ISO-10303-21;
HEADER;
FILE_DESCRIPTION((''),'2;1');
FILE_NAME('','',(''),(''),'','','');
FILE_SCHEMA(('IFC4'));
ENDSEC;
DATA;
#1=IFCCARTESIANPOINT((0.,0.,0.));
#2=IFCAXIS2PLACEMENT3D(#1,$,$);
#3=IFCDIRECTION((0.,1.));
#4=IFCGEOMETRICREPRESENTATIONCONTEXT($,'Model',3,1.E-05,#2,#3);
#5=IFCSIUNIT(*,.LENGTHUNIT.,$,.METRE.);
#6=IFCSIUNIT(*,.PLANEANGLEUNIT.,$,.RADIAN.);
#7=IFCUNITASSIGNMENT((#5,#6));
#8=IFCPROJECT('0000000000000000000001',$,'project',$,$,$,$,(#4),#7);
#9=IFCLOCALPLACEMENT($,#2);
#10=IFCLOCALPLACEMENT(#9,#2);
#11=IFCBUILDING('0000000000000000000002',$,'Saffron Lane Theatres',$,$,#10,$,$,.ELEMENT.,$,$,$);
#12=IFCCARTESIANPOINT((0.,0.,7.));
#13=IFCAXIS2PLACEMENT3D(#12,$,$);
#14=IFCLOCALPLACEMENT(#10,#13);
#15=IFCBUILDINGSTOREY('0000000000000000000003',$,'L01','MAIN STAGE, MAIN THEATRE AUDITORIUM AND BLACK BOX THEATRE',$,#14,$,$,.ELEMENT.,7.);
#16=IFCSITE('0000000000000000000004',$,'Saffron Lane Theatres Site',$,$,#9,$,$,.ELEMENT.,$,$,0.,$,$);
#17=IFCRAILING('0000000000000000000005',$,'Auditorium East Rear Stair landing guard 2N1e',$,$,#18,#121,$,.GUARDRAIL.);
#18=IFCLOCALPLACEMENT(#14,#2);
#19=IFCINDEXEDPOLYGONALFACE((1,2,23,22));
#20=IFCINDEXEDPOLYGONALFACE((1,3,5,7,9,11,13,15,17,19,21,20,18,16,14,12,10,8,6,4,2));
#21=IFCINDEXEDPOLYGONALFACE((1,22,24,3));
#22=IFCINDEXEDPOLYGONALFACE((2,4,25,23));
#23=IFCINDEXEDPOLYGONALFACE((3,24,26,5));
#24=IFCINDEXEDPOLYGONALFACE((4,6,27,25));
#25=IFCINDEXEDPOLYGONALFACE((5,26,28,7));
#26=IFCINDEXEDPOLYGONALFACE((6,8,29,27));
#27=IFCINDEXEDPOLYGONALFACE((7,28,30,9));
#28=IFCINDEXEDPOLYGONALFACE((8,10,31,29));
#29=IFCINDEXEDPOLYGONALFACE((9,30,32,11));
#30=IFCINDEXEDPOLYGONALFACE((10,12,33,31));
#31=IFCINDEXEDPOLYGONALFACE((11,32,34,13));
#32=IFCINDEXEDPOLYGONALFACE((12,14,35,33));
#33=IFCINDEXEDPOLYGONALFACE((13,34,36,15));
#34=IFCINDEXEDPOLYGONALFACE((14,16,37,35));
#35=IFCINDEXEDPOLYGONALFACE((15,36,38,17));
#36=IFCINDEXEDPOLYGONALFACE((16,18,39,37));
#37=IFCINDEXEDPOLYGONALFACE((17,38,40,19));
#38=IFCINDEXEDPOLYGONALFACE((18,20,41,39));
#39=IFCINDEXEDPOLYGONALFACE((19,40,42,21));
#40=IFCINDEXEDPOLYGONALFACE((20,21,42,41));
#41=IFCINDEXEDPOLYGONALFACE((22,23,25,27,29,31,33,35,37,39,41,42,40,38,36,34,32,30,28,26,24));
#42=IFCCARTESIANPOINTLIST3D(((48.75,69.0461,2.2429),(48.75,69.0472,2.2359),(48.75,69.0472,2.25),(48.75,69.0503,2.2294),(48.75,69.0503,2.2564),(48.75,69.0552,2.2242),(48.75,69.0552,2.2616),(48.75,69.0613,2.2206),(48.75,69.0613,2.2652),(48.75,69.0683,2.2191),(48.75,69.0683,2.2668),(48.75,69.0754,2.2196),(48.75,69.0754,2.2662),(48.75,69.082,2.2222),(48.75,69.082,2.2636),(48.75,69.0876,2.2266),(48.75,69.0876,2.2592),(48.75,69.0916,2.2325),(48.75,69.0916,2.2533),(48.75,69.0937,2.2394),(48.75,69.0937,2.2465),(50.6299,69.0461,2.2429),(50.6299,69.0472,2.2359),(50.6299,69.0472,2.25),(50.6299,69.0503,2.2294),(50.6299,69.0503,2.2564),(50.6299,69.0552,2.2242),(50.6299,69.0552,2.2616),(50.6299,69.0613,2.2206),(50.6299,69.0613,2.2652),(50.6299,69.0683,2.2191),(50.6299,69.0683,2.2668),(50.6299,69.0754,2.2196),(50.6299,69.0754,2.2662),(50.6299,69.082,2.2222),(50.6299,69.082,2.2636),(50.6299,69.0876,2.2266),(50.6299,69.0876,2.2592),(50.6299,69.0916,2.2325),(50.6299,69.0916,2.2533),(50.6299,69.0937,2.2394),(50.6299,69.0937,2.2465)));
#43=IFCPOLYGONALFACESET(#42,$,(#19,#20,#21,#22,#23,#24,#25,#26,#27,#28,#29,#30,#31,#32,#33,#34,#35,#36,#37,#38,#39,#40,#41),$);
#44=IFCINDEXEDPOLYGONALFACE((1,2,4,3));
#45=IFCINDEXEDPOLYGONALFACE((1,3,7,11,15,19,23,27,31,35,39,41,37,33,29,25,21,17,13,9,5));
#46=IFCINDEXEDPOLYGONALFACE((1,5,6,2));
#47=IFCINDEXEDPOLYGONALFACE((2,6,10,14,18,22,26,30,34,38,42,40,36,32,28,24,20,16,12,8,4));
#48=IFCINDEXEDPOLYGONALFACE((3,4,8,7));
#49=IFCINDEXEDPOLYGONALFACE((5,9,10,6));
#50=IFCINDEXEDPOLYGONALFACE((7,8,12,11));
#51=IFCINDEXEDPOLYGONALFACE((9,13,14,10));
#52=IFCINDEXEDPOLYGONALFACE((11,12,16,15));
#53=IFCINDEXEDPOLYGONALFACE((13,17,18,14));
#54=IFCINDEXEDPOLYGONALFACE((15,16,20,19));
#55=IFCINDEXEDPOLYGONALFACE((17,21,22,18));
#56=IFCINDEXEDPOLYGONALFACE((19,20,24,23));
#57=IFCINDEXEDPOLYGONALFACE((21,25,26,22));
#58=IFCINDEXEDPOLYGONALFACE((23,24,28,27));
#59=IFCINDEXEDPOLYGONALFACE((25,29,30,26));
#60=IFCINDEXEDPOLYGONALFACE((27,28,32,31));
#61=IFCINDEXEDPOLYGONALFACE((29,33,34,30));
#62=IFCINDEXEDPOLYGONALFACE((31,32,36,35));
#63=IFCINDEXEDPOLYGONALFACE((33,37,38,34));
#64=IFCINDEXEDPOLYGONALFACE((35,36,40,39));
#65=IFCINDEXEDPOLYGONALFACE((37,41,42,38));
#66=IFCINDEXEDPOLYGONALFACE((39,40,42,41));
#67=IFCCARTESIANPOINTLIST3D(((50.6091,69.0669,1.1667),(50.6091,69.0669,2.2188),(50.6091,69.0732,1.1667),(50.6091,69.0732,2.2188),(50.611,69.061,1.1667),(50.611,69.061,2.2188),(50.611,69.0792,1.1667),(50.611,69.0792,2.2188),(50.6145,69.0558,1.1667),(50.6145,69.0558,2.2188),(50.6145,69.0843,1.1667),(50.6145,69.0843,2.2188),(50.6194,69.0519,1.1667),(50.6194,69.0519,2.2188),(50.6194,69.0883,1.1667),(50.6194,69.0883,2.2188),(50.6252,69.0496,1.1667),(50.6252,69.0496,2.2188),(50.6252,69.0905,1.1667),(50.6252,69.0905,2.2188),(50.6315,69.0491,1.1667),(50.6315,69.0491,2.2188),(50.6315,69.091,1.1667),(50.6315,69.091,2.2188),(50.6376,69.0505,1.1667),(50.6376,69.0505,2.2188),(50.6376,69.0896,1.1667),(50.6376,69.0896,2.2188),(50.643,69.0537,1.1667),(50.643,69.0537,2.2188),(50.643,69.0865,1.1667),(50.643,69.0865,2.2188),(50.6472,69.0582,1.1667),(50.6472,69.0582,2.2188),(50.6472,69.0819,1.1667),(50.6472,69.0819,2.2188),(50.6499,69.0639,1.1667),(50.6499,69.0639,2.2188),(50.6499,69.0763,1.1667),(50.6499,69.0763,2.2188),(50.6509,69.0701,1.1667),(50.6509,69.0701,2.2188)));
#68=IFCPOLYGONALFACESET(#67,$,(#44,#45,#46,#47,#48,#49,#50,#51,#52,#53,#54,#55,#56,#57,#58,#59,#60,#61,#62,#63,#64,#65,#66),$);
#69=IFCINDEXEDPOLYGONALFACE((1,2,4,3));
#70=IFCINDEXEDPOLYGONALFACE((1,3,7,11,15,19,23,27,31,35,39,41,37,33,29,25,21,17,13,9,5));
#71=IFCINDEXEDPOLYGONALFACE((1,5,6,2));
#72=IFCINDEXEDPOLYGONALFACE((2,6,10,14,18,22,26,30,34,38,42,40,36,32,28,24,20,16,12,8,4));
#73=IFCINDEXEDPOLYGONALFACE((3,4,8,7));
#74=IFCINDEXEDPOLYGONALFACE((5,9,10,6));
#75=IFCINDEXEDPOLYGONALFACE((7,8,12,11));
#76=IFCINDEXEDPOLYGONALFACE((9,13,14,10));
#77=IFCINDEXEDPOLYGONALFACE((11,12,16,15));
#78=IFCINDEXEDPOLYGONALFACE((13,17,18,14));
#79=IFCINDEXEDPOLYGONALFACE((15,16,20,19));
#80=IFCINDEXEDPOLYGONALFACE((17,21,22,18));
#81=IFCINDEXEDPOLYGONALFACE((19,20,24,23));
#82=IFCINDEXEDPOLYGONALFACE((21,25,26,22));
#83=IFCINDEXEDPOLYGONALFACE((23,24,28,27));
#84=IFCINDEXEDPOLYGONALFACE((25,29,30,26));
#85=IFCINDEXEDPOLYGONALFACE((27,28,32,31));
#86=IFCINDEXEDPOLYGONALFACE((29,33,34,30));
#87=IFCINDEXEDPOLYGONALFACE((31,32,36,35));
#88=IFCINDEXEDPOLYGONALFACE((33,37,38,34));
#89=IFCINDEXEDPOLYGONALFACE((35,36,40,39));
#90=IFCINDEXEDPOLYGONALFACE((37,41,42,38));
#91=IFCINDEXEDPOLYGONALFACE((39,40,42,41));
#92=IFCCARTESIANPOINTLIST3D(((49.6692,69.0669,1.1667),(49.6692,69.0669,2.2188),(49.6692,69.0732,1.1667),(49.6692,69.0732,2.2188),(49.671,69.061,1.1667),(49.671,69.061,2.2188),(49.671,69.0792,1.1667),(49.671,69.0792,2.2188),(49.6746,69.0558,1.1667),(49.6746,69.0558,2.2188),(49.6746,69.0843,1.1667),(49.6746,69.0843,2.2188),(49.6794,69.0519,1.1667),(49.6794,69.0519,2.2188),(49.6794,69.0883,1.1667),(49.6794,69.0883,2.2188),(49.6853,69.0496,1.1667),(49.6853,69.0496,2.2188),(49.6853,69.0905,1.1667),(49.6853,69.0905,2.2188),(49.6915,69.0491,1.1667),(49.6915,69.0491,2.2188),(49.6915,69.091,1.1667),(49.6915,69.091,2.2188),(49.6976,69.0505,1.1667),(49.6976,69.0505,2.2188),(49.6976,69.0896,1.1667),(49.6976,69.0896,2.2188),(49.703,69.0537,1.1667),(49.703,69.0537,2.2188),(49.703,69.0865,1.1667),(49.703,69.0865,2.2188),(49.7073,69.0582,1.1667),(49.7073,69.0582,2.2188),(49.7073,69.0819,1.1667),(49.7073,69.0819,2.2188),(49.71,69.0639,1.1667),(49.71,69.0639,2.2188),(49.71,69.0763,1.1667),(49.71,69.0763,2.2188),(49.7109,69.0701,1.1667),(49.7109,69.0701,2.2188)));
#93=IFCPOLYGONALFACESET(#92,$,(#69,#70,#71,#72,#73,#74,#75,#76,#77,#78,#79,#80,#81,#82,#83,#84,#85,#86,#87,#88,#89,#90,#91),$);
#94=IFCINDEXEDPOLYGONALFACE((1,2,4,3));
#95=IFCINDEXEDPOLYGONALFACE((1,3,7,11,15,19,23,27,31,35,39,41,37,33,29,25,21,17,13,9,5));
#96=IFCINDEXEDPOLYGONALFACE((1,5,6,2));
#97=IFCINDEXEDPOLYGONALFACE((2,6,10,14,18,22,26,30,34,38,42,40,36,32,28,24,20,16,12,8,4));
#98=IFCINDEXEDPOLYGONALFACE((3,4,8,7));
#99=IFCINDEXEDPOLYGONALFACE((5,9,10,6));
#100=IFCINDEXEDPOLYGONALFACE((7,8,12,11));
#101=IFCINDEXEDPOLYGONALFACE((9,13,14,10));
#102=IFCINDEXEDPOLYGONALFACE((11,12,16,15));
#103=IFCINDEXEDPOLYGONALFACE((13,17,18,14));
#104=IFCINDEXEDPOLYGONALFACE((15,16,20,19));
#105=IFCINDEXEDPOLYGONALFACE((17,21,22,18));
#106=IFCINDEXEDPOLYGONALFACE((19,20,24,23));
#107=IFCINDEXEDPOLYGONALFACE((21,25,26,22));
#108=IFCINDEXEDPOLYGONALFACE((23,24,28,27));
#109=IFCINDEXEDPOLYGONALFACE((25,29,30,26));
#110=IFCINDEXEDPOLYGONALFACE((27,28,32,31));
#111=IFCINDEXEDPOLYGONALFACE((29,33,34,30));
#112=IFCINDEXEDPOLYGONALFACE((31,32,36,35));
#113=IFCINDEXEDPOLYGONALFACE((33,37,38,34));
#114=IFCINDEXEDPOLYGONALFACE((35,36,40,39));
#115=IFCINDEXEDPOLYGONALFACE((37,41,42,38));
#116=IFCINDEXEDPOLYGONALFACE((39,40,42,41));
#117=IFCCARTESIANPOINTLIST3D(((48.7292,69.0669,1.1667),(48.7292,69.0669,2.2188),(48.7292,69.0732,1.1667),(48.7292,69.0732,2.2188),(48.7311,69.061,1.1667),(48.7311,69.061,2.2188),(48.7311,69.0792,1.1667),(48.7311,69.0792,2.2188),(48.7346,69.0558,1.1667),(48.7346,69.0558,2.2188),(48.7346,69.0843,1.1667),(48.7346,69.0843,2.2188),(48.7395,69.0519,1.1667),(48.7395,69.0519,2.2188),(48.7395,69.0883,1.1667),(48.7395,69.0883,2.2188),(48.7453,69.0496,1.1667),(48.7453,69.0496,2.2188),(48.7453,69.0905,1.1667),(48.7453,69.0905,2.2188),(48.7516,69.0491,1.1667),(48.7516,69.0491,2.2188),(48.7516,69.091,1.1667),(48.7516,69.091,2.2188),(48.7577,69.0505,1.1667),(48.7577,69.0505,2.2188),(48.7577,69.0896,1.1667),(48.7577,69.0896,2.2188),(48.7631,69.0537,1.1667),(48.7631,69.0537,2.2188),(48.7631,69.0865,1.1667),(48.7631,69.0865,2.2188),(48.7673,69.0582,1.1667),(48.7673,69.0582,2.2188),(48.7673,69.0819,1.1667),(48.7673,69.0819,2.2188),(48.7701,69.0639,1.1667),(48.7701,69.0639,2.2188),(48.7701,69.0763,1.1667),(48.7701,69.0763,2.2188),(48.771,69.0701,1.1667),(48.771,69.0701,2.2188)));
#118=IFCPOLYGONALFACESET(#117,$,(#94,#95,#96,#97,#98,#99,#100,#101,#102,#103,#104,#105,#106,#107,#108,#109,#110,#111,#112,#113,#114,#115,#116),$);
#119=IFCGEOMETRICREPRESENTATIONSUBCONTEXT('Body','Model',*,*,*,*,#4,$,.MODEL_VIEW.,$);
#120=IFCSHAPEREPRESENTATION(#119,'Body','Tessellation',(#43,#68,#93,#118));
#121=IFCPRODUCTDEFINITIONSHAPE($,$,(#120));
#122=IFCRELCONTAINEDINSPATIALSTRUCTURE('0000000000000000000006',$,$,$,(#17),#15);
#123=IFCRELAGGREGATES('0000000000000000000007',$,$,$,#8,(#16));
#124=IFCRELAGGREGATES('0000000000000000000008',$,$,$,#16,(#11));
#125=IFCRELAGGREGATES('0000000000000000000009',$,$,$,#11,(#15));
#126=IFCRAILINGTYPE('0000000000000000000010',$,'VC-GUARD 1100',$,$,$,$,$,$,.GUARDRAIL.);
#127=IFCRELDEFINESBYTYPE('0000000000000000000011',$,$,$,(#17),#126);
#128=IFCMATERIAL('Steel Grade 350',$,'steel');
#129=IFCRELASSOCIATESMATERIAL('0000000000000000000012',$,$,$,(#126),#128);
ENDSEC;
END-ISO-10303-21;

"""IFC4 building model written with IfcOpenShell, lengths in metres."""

from ifc_helpers import new_model, si_unit, direction, frame, origin, origin_2d, place, context, subcontext, project, spatial, circle, extrude, material, type_object, element, save


model = new_model("IFC4")

# Units and contexts
model_context = context("Model", 3, precision=1e-05, world=origin(), true_north=direction((0.0, 1.0)))
body_context = subcontext(model_context, "Body", "Model", "MODEL_VIEW")
ifc_project = project(units=[si_unit("LENGTHUNIT", "METRE"), si_unit("PLANEANGLEUNIT", "RADIAN")], contexts=[model_context])

# Site, building, storey
site_placement = place(None, origin())
site = spatial("IfcSite", under=ifc_project, at=site_placement, Name="Saffron Lane Theatres Site", CompositionType="ELEMENT", RefElevation=0.0)
building_placement = place(site_placement, origin())
building = spatial("IfcBuilding", under=site, at=building_placement, Name="Saffron Lane Theatres", CompositionType="ELEMENT")
storey_placement = place(building_placement, frame((0.0, 0.0, 7.0)))
storey = spatial("IfcBuildingStorey", under=building, at=storey_placement, Name="L01", Description="MAIN STAGE, MAIN THEATRE AUDITORIUM AND BLACK BOX THEATRE", CompositionType="ELEMENT", Elevation=7.0)

# Railing
ifc_material_1 = material(Name="Steel Grade 350", Category="steel")
railing_type_1 = type_object("IfcRailingType", Name="VC-GUARD 1100", PredefinedType="GUARDRAIL", material=ifc_material_1)
railing_1_placement = place(storey_placement, frame((50.6299, 69.0701, 1.1667)))
element("IfcRailing", 1, at=railing_1_placement, inside=storey, type_object=railing_type_1, Name="Auditorium East Rear Stair landing guard 2N1e", PredefinedType="GUARDRAIL", context=body_context, shape_type="SweptSolid", body=[
    extrude(circle(Radius=0.0239, at=origin_2d()), frame((0.0, 0.0, 1.0762), z_axis=(-1.0, 0.0, 0.0), x_axis=(0.0, -1.0, 0.0)), (0.0, 0.0, 1.0), 1.8799),
    extrude(circle(Radius=0.021, at=origin_2d()), origin(), (0.0, 0.0, 1.0), 1.052),
    extrude(circle(Radius=0.021, at=origin_2d()), frame((-0.9399, 0.0, 0.0)), (0.0, 0.0, 1.0), 1.052),
    extrude(circle(Radius=0.021, at=origin_2d()), frame((-1.8799, 0.0, 0.0)), (0.0, 0.0, 1.0), 1.052),
])

save(model, "model.ifc")
